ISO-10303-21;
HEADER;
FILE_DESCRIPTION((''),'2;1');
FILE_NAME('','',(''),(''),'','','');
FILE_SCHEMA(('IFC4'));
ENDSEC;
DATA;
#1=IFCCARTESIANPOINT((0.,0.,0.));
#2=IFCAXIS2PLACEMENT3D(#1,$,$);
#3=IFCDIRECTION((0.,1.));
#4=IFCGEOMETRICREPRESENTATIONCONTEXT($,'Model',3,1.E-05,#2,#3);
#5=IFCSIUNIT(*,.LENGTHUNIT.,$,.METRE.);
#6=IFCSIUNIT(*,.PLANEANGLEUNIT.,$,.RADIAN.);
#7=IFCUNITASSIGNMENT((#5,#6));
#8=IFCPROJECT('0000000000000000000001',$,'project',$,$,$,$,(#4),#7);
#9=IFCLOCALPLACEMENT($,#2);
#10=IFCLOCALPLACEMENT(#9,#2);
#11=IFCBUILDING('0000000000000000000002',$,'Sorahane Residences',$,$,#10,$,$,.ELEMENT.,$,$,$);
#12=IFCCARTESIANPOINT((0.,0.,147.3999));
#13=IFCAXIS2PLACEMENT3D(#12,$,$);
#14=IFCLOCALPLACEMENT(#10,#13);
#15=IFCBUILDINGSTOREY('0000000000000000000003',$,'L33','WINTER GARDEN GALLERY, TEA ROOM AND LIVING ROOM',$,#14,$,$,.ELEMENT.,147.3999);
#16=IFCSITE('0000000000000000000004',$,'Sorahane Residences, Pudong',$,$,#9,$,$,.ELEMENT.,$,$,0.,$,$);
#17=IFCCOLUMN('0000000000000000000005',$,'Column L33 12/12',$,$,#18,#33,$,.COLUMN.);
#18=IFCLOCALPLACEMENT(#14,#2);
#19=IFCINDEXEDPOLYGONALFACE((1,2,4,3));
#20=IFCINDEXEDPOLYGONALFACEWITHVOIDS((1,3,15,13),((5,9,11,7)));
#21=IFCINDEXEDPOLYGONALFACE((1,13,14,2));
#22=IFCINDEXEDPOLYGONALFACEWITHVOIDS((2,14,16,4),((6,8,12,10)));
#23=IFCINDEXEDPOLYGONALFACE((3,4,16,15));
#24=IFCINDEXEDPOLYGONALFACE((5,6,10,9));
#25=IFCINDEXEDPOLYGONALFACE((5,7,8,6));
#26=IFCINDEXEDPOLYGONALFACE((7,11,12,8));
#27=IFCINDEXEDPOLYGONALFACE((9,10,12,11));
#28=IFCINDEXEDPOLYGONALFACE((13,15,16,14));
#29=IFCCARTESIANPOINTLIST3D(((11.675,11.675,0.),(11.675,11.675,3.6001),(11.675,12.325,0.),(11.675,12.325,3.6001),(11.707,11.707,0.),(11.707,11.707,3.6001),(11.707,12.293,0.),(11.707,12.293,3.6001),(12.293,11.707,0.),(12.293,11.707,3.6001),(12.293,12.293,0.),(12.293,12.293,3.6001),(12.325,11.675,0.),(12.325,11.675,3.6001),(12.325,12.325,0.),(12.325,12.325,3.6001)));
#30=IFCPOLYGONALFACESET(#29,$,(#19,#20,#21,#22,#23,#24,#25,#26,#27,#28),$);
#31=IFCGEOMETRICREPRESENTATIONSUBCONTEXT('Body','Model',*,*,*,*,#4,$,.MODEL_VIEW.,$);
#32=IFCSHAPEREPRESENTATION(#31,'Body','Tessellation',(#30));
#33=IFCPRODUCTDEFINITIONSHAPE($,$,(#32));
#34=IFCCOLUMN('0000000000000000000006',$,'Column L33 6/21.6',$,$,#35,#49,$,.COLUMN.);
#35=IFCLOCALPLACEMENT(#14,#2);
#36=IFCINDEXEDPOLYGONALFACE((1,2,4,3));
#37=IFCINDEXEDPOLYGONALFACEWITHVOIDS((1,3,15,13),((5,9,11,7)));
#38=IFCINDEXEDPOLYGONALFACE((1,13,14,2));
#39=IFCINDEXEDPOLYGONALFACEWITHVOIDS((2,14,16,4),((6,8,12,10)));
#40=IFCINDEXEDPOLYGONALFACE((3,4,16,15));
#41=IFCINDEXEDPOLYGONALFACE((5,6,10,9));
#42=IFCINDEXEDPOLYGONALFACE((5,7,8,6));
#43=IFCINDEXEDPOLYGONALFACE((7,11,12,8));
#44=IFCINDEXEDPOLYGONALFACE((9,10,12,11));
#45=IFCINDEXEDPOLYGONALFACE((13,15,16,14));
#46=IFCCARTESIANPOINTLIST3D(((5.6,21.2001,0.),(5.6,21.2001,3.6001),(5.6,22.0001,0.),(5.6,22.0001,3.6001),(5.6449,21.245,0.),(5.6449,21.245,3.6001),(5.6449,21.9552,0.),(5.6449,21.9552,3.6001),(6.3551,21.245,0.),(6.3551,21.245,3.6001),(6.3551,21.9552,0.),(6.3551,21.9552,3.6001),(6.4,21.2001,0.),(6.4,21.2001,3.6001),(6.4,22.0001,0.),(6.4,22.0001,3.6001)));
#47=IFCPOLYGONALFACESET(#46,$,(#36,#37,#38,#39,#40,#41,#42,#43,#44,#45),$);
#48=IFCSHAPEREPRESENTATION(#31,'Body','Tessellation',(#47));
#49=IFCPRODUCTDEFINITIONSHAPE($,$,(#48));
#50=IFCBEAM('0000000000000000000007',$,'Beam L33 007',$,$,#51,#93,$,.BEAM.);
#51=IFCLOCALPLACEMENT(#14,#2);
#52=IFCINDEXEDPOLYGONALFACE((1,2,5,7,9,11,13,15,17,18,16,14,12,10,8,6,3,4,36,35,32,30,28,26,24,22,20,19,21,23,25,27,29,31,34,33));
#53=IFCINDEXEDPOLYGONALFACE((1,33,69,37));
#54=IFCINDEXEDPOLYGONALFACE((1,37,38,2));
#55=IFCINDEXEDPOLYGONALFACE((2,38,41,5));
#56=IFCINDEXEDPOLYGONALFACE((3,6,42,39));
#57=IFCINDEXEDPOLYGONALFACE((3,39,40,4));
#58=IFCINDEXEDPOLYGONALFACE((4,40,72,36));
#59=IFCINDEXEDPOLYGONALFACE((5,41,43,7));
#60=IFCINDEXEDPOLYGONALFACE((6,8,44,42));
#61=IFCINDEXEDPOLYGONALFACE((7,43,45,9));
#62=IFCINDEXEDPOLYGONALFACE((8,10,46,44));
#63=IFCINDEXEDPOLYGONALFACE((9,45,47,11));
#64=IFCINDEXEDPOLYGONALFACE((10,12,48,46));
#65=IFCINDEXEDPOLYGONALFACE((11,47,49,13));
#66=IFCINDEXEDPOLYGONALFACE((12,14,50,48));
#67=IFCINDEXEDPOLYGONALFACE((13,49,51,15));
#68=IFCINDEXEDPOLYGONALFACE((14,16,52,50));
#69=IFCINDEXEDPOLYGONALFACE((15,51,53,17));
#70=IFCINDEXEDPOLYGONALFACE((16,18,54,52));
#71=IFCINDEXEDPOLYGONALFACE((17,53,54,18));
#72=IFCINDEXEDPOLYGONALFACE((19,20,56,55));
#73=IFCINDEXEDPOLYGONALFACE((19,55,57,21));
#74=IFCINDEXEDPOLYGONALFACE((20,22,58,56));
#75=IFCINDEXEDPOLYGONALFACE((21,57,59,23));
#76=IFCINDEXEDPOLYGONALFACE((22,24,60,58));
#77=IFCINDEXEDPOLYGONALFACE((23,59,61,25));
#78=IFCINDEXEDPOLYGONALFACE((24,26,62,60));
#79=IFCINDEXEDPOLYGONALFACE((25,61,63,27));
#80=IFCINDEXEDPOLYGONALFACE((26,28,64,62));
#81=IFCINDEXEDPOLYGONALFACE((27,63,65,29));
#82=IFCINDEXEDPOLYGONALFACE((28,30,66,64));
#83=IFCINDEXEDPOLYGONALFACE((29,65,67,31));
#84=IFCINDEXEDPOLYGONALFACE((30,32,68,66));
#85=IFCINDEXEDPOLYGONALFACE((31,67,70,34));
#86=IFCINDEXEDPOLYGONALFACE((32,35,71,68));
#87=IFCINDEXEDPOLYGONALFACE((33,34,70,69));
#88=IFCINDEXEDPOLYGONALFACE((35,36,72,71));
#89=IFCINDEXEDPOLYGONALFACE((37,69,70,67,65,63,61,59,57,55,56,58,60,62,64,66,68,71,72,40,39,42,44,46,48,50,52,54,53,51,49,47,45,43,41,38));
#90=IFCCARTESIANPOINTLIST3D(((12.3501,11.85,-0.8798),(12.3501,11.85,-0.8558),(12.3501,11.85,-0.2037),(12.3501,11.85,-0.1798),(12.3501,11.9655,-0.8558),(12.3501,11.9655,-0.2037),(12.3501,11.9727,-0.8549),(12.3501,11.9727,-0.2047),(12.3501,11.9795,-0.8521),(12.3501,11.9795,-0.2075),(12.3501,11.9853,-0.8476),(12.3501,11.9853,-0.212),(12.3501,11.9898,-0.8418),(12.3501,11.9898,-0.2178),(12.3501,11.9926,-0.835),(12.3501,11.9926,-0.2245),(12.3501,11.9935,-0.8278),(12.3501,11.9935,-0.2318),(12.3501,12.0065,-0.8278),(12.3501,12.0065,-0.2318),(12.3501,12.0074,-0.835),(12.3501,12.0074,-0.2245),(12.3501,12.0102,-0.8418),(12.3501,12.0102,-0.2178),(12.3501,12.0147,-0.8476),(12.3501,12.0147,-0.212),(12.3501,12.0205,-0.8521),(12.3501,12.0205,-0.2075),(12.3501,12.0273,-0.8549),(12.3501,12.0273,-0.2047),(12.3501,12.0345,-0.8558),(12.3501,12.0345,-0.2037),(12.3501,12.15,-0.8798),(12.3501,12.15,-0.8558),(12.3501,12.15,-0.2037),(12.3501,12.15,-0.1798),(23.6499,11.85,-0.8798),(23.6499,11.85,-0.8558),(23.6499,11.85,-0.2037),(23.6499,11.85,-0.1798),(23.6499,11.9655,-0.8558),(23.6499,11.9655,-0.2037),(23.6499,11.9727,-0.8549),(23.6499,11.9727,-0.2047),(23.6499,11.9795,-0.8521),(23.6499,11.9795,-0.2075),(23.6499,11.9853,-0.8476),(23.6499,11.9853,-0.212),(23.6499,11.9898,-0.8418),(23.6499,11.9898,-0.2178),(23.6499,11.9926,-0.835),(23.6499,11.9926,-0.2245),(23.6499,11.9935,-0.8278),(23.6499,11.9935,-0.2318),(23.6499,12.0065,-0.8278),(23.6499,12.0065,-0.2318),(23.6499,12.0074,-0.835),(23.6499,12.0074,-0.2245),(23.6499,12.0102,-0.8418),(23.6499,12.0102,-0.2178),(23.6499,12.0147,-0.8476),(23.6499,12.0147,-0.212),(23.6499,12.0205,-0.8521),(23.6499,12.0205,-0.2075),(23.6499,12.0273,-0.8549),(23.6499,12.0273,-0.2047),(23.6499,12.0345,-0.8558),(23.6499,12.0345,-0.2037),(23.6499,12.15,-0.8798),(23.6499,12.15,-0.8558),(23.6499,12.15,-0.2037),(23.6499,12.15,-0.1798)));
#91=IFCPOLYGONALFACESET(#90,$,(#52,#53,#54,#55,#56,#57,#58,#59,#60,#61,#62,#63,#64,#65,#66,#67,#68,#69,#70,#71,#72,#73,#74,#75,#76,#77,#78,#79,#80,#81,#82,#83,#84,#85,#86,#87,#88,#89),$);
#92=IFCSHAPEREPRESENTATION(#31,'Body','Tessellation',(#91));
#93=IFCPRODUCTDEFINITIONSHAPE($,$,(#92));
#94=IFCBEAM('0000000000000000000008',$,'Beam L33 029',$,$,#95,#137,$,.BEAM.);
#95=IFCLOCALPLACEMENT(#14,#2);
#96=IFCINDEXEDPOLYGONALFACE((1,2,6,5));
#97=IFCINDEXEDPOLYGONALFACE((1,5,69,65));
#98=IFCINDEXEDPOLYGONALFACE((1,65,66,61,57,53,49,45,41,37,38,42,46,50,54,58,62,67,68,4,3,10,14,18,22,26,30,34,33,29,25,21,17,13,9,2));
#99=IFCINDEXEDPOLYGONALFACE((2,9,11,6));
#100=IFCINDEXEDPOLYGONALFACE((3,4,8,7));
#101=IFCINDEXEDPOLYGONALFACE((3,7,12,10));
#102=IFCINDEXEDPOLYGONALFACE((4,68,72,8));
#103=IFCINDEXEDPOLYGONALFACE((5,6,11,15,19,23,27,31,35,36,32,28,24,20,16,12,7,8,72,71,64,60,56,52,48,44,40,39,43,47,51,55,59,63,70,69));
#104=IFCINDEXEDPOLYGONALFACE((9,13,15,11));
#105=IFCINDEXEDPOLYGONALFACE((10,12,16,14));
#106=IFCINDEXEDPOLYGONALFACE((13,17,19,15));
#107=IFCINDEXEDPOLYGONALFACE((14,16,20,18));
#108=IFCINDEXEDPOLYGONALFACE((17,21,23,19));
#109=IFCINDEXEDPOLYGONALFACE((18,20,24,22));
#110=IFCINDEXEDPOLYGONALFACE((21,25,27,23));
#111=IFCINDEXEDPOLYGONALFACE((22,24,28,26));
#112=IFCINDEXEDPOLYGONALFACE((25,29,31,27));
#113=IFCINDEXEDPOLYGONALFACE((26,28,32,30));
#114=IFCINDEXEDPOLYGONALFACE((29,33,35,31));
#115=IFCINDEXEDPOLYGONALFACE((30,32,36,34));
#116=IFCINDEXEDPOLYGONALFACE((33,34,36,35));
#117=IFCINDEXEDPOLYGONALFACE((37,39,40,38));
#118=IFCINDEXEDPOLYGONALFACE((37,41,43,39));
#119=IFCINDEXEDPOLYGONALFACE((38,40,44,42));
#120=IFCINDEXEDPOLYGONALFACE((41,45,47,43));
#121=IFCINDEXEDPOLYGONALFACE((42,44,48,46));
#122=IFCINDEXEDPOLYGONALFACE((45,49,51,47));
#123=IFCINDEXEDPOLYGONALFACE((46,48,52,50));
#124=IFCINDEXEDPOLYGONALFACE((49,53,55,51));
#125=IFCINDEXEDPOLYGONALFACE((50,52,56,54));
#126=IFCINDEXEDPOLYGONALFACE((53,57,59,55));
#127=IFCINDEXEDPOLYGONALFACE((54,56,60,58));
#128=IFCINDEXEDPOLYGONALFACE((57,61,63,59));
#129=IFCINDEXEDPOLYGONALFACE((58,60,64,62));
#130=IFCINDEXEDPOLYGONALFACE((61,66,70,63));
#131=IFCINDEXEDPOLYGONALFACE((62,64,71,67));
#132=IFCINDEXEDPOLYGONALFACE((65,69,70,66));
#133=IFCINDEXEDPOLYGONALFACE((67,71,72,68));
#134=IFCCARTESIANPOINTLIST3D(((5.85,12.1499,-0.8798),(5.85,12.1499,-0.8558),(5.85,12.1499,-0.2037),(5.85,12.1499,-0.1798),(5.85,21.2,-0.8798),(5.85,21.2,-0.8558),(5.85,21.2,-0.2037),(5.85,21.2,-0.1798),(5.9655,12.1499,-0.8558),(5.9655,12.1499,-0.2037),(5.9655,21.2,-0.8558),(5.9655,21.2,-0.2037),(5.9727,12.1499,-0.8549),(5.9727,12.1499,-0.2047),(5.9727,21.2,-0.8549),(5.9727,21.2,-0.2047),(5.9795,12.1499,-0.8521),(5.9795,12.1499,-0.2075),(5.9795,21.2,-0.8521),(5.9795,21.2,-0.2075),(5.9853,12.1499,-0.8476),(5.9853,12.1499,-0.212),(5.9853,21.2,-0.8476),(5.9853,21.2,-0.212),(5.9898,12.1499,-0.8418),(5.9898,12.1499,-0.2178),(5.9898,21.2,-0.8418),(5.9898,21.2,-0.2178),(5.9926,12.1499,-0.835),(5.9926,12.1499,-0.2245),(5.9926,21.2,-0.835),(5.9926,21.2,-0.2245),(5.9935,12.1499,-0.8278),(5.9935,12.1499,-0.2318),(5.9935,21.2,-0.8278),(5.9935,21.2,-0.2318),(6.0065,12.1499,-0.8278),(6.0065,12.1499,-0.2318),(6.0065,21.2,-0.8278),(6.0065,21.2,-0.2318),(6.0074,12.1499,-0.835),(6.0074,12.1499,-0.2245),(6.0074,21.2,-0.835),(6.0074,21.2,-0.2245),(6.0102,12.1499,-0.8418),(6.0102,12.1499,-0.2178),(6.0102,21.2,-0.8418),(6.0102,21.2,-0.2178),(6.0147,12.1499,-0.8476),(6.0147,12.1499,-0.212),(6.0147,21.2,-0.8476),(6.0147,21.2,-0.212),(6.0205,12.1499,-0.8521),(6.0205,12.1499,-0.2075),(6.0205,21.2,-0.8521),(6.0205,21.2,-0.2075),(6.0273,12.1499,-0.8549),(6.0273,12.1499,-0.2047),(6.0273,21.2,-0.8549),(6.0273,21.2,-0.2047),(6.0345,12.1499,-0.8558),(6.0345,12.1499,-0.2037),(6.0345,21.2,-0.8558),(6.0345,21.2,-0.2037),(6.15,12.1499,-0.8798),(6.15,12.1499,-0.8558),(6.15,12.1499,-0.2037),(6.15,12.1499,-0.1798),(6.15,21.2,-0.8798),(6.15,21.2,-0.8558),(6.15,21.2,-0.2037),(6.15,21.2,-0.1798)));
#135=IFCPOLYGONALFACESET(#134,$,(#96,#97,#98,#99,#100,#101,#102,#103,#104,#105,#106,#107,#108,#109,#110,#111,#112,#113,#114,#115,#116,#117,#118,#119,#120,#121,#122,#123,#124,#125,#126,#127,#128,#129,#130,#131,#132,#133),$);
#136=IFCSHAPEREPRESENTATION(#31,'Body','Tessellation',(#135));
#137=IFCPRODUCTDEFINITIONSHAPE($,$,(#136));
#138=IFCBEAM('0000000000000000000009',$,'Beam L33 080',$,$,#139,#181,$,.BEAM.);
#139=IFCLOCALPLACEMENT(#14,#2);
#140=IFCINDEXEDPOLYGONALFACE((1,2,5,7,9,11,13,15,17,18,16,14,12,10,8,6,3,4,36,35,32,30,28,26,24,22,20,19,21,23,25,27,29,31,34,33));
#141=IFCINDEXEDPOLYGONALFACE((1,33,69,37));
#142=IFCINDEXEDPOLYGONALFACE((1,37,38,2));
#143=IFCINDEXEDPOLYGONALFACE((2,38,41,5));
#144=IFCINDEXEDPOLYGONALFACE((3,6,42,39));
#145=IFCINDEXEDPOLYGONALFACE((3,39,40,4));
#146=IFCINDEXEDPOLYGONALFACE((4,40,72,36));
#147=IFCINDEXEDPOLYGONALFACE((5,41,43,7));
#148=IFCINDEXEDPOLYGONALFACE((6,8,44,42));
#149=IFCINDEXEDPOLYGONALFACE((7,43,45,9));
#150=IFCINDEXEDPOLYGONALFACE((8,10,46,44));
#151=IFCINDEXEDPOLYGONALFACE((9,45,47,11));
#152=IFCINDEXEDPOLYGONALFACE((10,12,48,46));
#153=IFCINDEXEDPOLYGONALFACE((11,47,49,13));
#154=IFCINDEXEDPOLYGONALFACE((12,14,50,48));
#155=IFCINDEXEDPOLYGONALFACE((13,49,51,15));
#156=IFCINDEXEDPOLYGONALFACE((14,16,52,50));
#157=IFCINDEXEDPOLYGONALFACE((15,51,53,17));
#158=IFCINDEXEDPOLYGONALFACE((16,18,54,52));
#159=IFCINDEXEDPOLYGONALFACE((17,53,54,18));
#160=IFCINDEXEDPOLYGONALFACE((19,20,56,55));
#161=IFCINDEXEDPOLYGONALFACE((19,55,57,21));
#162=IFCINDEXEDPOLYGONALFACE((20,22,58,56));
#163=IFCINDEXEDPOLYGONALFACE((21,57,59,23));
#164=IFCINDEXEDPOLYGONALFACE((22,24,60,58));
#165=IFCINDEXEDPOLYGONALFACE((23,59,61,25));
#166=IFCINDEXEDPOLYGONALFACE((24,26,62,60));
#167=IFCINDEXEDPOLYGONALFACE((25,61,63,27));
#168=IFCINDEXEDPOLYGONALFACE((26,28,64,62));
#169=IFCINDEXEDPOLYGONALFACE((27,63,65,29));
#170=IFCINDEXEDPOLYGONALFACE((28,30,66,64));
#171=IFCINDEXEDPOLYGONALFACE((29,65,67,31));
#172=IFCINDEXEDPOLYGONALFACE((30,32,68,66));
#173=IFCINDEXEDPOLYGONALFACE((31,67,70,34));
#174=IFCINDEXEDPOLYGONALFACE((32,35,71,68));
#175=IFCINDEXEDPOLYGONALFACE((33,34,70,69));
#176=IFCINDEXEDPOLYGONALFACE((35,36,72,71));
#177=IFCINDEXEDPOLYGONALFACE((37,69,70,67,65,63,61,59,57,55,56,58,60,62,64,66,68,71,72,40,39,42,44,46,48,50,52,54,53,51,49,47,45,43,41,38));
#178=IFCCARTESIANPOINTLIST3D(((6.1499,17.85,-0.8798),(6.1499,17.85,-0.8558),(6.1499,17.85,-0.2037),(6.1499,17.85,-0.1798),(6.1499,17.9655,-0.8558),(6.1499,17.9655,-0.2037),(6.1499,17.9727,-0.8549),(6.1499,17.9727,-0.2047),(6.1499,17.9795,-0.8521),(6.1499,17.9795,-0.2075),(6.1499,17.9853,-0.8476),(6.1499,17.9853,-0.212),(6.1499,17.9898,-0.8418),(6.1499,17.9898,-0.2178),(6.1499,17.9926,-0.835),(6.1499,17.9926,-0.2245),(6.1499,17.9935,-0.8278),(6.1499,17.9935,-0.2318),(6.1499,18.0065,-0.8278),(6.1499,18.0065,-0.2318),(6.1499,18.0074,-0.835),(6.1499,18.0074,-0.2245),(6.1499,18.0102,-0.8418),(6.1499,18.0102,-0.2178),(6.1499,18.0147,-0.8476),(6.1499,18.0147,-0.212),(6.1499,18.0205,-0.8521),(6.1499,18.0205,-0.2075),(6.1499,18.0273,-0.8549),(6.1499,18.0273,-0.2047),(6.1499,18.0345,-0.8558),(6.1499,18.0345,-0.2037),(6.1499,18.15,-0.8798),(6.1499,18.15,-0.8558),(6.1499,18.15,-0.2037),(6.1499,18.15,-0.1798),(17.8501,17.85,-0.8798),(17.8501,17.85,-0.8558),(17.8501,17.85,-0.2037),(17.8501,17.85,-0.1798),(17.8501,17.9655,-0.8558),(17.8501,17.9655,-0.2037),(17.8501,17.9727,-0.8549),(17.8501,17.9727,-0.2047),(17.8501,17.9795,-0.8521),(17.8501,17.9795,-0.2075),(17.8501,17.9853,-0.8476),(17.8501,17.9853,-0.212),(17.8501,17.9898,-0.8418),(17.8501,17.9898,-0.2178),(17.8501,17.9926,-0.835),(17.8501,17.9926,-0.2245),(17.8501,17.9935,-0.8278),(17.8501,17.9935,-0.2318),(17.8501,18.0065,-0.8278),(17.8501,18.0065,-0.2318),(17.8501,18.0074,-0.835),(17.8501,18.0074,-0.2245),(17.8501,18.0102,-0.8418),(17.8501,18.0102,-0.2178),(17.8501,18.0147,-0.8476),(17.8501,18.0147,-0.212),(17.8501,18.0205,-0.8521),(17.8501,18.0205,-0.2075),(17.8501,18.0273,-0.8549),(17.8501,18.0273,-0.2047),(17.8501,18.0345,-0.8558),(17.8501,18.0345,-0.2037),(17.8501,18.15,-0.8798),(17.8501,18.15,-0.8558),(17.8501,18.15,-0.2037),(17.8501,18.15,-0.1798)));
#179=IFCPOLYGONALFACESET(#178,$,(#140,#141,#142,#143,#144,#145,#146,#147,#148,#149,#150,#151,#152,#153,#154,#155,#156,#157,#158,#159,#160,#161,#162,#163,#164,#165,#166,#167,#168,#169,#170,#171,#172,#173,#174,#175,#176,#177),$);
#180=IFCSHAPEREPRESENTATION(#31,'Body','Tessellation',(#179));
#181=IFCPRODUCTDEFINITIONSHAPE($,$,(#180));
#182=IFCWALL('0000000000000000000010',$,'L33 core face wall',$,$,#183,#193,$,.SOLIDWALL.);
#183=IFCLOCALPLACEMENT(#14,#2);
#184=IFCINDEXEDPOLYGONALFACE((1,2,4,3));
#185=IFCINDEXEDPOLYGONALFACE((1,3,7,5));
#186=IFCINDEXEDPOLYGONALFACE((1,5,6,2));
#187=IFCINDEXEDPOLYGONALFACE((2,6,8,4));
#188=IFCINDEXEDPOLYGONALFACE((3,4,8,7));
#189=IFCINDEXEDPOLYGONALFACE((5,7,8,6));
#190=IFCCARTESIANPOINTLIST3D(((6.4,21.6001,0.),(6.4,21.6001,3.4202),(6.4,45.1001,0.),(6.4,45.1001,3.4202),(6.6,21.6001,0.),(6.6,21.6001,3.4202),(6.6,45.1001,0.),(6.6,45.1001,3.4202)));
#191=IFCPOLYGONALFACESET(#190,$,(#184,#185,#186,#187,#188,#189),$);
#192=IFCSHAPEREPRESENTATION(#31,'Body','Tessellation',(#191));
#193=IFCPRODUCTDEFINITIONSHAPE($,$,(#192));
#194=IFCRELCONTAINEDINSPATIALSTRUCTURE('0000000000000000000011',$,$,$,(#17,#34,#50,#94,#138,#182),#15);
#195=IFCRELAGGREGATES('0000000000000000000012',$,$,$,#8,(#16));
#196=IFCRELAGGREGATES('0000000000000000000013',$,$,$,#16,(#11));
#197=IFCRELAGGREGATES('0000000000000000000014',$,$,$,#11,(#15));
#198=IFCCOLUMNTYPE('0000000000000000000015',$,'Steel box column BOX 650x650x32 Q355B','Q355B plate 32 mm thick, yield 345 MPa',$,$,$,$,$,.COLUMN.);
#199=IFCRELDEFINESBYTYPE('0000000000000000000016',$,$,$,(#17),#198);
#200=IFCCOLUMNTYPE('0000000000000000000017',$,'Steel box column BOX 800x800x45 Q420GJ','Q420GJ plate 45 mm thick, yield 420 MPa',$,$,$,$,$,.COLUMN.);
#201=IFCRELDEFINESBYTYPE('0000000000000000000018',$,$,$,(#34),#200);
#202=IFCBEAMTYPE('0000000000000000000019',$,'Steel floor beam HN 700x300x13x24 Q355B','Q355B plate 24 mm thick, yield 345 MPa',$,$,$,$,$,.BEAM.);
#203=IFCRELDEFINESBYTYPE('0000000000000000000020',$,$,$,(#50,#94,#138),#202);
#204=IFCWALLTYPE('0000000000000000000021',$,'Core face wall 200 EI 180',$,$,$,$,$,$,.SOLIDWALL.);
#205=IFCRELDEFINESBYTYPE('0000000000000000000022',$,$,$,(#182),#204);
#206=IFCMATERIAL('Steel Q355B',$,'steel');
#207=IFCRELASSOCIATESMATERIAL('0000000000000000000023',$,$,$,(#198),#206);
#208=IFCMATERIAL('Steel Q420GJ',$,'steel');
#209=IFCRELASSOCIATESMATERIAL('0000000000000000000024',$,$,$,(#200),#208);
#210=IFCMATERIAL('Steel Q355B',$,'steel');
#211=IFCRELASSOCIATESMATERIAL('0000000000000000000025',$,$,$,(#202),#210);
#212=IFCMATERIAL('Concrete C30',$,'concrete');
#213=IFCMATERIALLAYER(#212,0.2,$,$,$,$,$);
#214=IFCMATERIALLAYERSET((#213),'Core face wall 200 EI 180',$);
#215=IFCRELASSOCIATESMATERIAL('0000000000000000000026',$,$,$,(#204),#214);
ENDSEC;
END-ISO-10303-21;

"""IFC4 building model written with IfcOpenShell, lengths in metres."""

from ifc_helpers import new_model, si_unit, direction, frame, frame_2d, origin, origin_2d, place, context, subcontext, project, spatial, rectangle, hollow_rectangle, i_section, extrude, material, layer, layer_set, material_profile, profile_set, type_object, element, save


model = new_model("IFC4")

# Units and contexts
model_context = context("Model", 3, precision=1e-05, world=origin(), true_north=direction((0.0, 1.0)))
body_context = subcontext(model_context, "Body", "Model", "MODEL_VIEW")
ifc_project = project(units=[si_unit("LENGTHUNIT", "METRE"), si_unit("PLANEANGLEUNIT", "RADIAN")], contexts=[model_context])

# Site, building, storey
site_placement = place(None, origin())
site = spatial("IfcSite", under=ifc_project, at=site_placement, Name="Sorahane Residences, Pudong", CompositionType="ELEMENT", RefElevation=0.0)
building_placement = place(site_placement, origin())
building = spatial("IfcBuilding", under=site, at=building_placement, Name="Sorahane Residences", CompositionType="ELEMENT")
storey_placement = place(building_placement, frame((0.0, 0.0, 147.3999)))
storey = spatial("IfcBuildingStorey", under=building, at=storey_placement, Name="L33", Description="WINTER GARDEN GALLERY, TEA ROOM AND LIVING ROOM", CompositionType="ELEMENT", Elevation=147.3999)

# Columns
ifc_material_1 = material(Name="Steel Q355B", Category="steel")
ifc_material_profile_1 = material_profile(ifc_material_1, hollow_rectangle(XDim=0.6499, YDim=0.6499, WallThickness=0.032, at=origin_2d()), Name="BOX 650x650x32")
ifc_profile_set_1 = profile_set([ifc_material_profile_1], Name="Steel Q355B")
column_type_1 = type_object("IfcColumnType", Name="Steel box column BOX 650x650x32 Q355B", Description="Q355B plate 32 mm thick, yield 345 MPa", PredefinedType="COLUMN", material=ifc_profile_set_1)
column_1_placement = place(storey_placement, frame((12.0, 12.0, 0.0), z_axis=(0.0, 0.0, 1.0), x_axis=(1.0, 0.0, 0.0)))
element("IfcColumn", 1, at=column_1_placement, inside=storey, type_object=column_type_1, Name="Column L33 12/12", PredefinedType="COLUMN", context=body_context, shape_type="SweptSolid", body=[
    extrude(hollow_rectangle(XDim=0.6499, YDim=0.6499, WallThickness=0.032, at=origin_2d()), origin(), (0.0, 0.0, 1.0), 3.6001),
])
ifc_material_2 = material(Name="Steel Q420GJ", Category="steel")
ifc_material_profile_2 = material_profile(ifc_material_2, hollow_rectangle(XDim=0.8, YDim=0.8, WallThickness=0.0449, at=origin_2d()), Name="BOX 800x800x45")
ifc_profile_set_2 = profile_set([ifc_material_profile_2], Name="Steel Q420GJ")
column_type_2 = type_object("IfcColumnType", Name="Steel box column BOX 800x800x45 Q420GJ", Description="Q420GJ plate 45 mm thick, yield 420 MPa", PredefinedType="COLUMN", material=ifc_profile_set_2)
column_2_placement = place(storey_placement, frame((6.0, 21.6001, 0.0), z_axis=(0.0, 0.0, 1.0), x_axis=(1.0, 0.0, 0.0)))
element("IfcColumn", 2, at=column_2_placement, inside=storey, type_object=column_type_2, Name="Column L33 6/21.6", PredefinedType="COLUMN", context=body_context, shape_type="SweptSolid", body=[
    extrude(hollow_rectangle(XDim=0.8, YDim=0.8, WallThickness=0.0449, at=origin_2d()), origin(), (0.0, 0.0, 1.0), 3.6001),
])

# Beams
ifc_material_3 = material(Name="Steel Q355B", Category="steel")
ifc_material_profile_3 = material_profile(ifc_material_3, i_section(OverallWidth=0.3, OverallDepth=0.7, WebThickness=0.0129, FlangeThickness=0.0239, FilletRadius=0.0281, at=origin_2d()), Name="HN 700x300x13x24")
ifc_profile_set_3 = profile_set([ifc_material_profile_3], Name="Steel Q355B")
beam_type = type_object("IfcBeamType", Name="Steel floor beam HN 700x300x13x24 Q355B", Description="Q355B plate 24 mm thick, yield 345 MPa", PredefinedType="BEAM", material=ifc_profile_set_3)
beam_1_placement = place(storey_placement, frame((12.3501, 12.0, -0.5298), z_axis=(1.0, 0.0, 0.0), x_axis=(0.0, 1.0, 0.0)))
element("IfcBeam", 3, at=beam_1_placement, inside=storey, type_object=beam_type, Name="Beam L33 007", PredefinedType="BEAM", context=body_context, shape_type="SweptSolid", body=[
    extrude(i_section(OverallWidth=0.3, OverallDepth=0.7, WebThickness=0.0129, FlangeThickness=0.0239, FilletRadius=0.0281, at=origin_2d()), origin(), (0.0, 0.0, 1.0), 11.2998),
])
beam_2_placement = place(storey_placement, frame((6.0, 12.1499, -0.5298), z_axis=(0.0, 1.0, 0.0), x_axis=(-1.0, 0.0, 0.0)))
element("IfcBeam", 4, at=beam_2_placement, inside=storey, type_object=beam_type, Name="Beam L33 029", PredefinedType="BEAM", context=body_context, shape_type="SweptSolid", body=[
    extrude(i_section(OverallWidth=0.3, OverallDepth=0.7, WebThickness=0.0129, FlangeThickness=0.0239, FilletRadius=0.0281, at=origin_2d()), origin(), (0.0, 0.0, 1.0), 9.05),
])
beam_3_placement = place(storey_placement, frame((6.1499, 18.0, -0.5298), z_axis=(1.0, 0.0, 0.0), x_axis=(0.0, 1.0, 0.0)))
element("IfcBeam", 5, at=beam_3_placement, inside=storey, type_object=beam_type, Name="Beam L33 080", PredefinedType="BEAM", context=body_context, shape_type="SweptSolid", body=[
    extrude(i_section(OverallWidth=0.3, OverallDepth=0.7, WebThickness=0.0129, FlangeThickness=0.0239, FilletRadius=0.0281, at=origin_2d()), origin(), (0.0, 0.0, 1.0), 11.7002),
])

# Wall
ifc_material_4 = material(Name="Concrete C30", Category="concrete")
ifc_layer_1 = layer(ifc_material_4, 0.2)
ifc_layer_set_1 = layer_set([ifc_layer_1], Name="Core face wall 200 EI 180")
wall_type_1 = type_object("IfcWallType", Name="Core face wall 200 EI 180", PredefinedType="SOLIDWALL", material=ifc_layer_set_1)
wall_1_placement = place(storey_placement, frame((6.5, 21.6001, 0.0), z_axis=(0.0, 0.0, 1.0), x_axis=(0.0, 1.0, 0.0)))
element("IfcWall", 6, at=wall_1_placement, inside=storey, type_object=wall_type_1, Name="L33 core face wall", PredefinedType="SOLIDWALL", context=body_context, shape_type="SweptSolid", body=[
    extrude(rectangle(XDim=23.5, YDim=0.2, at=frame_2d((11.75, 0.0))), origin(), (0.0, 0.0, 1.0), 3.4202),
])

save(model, "model.ifc")
